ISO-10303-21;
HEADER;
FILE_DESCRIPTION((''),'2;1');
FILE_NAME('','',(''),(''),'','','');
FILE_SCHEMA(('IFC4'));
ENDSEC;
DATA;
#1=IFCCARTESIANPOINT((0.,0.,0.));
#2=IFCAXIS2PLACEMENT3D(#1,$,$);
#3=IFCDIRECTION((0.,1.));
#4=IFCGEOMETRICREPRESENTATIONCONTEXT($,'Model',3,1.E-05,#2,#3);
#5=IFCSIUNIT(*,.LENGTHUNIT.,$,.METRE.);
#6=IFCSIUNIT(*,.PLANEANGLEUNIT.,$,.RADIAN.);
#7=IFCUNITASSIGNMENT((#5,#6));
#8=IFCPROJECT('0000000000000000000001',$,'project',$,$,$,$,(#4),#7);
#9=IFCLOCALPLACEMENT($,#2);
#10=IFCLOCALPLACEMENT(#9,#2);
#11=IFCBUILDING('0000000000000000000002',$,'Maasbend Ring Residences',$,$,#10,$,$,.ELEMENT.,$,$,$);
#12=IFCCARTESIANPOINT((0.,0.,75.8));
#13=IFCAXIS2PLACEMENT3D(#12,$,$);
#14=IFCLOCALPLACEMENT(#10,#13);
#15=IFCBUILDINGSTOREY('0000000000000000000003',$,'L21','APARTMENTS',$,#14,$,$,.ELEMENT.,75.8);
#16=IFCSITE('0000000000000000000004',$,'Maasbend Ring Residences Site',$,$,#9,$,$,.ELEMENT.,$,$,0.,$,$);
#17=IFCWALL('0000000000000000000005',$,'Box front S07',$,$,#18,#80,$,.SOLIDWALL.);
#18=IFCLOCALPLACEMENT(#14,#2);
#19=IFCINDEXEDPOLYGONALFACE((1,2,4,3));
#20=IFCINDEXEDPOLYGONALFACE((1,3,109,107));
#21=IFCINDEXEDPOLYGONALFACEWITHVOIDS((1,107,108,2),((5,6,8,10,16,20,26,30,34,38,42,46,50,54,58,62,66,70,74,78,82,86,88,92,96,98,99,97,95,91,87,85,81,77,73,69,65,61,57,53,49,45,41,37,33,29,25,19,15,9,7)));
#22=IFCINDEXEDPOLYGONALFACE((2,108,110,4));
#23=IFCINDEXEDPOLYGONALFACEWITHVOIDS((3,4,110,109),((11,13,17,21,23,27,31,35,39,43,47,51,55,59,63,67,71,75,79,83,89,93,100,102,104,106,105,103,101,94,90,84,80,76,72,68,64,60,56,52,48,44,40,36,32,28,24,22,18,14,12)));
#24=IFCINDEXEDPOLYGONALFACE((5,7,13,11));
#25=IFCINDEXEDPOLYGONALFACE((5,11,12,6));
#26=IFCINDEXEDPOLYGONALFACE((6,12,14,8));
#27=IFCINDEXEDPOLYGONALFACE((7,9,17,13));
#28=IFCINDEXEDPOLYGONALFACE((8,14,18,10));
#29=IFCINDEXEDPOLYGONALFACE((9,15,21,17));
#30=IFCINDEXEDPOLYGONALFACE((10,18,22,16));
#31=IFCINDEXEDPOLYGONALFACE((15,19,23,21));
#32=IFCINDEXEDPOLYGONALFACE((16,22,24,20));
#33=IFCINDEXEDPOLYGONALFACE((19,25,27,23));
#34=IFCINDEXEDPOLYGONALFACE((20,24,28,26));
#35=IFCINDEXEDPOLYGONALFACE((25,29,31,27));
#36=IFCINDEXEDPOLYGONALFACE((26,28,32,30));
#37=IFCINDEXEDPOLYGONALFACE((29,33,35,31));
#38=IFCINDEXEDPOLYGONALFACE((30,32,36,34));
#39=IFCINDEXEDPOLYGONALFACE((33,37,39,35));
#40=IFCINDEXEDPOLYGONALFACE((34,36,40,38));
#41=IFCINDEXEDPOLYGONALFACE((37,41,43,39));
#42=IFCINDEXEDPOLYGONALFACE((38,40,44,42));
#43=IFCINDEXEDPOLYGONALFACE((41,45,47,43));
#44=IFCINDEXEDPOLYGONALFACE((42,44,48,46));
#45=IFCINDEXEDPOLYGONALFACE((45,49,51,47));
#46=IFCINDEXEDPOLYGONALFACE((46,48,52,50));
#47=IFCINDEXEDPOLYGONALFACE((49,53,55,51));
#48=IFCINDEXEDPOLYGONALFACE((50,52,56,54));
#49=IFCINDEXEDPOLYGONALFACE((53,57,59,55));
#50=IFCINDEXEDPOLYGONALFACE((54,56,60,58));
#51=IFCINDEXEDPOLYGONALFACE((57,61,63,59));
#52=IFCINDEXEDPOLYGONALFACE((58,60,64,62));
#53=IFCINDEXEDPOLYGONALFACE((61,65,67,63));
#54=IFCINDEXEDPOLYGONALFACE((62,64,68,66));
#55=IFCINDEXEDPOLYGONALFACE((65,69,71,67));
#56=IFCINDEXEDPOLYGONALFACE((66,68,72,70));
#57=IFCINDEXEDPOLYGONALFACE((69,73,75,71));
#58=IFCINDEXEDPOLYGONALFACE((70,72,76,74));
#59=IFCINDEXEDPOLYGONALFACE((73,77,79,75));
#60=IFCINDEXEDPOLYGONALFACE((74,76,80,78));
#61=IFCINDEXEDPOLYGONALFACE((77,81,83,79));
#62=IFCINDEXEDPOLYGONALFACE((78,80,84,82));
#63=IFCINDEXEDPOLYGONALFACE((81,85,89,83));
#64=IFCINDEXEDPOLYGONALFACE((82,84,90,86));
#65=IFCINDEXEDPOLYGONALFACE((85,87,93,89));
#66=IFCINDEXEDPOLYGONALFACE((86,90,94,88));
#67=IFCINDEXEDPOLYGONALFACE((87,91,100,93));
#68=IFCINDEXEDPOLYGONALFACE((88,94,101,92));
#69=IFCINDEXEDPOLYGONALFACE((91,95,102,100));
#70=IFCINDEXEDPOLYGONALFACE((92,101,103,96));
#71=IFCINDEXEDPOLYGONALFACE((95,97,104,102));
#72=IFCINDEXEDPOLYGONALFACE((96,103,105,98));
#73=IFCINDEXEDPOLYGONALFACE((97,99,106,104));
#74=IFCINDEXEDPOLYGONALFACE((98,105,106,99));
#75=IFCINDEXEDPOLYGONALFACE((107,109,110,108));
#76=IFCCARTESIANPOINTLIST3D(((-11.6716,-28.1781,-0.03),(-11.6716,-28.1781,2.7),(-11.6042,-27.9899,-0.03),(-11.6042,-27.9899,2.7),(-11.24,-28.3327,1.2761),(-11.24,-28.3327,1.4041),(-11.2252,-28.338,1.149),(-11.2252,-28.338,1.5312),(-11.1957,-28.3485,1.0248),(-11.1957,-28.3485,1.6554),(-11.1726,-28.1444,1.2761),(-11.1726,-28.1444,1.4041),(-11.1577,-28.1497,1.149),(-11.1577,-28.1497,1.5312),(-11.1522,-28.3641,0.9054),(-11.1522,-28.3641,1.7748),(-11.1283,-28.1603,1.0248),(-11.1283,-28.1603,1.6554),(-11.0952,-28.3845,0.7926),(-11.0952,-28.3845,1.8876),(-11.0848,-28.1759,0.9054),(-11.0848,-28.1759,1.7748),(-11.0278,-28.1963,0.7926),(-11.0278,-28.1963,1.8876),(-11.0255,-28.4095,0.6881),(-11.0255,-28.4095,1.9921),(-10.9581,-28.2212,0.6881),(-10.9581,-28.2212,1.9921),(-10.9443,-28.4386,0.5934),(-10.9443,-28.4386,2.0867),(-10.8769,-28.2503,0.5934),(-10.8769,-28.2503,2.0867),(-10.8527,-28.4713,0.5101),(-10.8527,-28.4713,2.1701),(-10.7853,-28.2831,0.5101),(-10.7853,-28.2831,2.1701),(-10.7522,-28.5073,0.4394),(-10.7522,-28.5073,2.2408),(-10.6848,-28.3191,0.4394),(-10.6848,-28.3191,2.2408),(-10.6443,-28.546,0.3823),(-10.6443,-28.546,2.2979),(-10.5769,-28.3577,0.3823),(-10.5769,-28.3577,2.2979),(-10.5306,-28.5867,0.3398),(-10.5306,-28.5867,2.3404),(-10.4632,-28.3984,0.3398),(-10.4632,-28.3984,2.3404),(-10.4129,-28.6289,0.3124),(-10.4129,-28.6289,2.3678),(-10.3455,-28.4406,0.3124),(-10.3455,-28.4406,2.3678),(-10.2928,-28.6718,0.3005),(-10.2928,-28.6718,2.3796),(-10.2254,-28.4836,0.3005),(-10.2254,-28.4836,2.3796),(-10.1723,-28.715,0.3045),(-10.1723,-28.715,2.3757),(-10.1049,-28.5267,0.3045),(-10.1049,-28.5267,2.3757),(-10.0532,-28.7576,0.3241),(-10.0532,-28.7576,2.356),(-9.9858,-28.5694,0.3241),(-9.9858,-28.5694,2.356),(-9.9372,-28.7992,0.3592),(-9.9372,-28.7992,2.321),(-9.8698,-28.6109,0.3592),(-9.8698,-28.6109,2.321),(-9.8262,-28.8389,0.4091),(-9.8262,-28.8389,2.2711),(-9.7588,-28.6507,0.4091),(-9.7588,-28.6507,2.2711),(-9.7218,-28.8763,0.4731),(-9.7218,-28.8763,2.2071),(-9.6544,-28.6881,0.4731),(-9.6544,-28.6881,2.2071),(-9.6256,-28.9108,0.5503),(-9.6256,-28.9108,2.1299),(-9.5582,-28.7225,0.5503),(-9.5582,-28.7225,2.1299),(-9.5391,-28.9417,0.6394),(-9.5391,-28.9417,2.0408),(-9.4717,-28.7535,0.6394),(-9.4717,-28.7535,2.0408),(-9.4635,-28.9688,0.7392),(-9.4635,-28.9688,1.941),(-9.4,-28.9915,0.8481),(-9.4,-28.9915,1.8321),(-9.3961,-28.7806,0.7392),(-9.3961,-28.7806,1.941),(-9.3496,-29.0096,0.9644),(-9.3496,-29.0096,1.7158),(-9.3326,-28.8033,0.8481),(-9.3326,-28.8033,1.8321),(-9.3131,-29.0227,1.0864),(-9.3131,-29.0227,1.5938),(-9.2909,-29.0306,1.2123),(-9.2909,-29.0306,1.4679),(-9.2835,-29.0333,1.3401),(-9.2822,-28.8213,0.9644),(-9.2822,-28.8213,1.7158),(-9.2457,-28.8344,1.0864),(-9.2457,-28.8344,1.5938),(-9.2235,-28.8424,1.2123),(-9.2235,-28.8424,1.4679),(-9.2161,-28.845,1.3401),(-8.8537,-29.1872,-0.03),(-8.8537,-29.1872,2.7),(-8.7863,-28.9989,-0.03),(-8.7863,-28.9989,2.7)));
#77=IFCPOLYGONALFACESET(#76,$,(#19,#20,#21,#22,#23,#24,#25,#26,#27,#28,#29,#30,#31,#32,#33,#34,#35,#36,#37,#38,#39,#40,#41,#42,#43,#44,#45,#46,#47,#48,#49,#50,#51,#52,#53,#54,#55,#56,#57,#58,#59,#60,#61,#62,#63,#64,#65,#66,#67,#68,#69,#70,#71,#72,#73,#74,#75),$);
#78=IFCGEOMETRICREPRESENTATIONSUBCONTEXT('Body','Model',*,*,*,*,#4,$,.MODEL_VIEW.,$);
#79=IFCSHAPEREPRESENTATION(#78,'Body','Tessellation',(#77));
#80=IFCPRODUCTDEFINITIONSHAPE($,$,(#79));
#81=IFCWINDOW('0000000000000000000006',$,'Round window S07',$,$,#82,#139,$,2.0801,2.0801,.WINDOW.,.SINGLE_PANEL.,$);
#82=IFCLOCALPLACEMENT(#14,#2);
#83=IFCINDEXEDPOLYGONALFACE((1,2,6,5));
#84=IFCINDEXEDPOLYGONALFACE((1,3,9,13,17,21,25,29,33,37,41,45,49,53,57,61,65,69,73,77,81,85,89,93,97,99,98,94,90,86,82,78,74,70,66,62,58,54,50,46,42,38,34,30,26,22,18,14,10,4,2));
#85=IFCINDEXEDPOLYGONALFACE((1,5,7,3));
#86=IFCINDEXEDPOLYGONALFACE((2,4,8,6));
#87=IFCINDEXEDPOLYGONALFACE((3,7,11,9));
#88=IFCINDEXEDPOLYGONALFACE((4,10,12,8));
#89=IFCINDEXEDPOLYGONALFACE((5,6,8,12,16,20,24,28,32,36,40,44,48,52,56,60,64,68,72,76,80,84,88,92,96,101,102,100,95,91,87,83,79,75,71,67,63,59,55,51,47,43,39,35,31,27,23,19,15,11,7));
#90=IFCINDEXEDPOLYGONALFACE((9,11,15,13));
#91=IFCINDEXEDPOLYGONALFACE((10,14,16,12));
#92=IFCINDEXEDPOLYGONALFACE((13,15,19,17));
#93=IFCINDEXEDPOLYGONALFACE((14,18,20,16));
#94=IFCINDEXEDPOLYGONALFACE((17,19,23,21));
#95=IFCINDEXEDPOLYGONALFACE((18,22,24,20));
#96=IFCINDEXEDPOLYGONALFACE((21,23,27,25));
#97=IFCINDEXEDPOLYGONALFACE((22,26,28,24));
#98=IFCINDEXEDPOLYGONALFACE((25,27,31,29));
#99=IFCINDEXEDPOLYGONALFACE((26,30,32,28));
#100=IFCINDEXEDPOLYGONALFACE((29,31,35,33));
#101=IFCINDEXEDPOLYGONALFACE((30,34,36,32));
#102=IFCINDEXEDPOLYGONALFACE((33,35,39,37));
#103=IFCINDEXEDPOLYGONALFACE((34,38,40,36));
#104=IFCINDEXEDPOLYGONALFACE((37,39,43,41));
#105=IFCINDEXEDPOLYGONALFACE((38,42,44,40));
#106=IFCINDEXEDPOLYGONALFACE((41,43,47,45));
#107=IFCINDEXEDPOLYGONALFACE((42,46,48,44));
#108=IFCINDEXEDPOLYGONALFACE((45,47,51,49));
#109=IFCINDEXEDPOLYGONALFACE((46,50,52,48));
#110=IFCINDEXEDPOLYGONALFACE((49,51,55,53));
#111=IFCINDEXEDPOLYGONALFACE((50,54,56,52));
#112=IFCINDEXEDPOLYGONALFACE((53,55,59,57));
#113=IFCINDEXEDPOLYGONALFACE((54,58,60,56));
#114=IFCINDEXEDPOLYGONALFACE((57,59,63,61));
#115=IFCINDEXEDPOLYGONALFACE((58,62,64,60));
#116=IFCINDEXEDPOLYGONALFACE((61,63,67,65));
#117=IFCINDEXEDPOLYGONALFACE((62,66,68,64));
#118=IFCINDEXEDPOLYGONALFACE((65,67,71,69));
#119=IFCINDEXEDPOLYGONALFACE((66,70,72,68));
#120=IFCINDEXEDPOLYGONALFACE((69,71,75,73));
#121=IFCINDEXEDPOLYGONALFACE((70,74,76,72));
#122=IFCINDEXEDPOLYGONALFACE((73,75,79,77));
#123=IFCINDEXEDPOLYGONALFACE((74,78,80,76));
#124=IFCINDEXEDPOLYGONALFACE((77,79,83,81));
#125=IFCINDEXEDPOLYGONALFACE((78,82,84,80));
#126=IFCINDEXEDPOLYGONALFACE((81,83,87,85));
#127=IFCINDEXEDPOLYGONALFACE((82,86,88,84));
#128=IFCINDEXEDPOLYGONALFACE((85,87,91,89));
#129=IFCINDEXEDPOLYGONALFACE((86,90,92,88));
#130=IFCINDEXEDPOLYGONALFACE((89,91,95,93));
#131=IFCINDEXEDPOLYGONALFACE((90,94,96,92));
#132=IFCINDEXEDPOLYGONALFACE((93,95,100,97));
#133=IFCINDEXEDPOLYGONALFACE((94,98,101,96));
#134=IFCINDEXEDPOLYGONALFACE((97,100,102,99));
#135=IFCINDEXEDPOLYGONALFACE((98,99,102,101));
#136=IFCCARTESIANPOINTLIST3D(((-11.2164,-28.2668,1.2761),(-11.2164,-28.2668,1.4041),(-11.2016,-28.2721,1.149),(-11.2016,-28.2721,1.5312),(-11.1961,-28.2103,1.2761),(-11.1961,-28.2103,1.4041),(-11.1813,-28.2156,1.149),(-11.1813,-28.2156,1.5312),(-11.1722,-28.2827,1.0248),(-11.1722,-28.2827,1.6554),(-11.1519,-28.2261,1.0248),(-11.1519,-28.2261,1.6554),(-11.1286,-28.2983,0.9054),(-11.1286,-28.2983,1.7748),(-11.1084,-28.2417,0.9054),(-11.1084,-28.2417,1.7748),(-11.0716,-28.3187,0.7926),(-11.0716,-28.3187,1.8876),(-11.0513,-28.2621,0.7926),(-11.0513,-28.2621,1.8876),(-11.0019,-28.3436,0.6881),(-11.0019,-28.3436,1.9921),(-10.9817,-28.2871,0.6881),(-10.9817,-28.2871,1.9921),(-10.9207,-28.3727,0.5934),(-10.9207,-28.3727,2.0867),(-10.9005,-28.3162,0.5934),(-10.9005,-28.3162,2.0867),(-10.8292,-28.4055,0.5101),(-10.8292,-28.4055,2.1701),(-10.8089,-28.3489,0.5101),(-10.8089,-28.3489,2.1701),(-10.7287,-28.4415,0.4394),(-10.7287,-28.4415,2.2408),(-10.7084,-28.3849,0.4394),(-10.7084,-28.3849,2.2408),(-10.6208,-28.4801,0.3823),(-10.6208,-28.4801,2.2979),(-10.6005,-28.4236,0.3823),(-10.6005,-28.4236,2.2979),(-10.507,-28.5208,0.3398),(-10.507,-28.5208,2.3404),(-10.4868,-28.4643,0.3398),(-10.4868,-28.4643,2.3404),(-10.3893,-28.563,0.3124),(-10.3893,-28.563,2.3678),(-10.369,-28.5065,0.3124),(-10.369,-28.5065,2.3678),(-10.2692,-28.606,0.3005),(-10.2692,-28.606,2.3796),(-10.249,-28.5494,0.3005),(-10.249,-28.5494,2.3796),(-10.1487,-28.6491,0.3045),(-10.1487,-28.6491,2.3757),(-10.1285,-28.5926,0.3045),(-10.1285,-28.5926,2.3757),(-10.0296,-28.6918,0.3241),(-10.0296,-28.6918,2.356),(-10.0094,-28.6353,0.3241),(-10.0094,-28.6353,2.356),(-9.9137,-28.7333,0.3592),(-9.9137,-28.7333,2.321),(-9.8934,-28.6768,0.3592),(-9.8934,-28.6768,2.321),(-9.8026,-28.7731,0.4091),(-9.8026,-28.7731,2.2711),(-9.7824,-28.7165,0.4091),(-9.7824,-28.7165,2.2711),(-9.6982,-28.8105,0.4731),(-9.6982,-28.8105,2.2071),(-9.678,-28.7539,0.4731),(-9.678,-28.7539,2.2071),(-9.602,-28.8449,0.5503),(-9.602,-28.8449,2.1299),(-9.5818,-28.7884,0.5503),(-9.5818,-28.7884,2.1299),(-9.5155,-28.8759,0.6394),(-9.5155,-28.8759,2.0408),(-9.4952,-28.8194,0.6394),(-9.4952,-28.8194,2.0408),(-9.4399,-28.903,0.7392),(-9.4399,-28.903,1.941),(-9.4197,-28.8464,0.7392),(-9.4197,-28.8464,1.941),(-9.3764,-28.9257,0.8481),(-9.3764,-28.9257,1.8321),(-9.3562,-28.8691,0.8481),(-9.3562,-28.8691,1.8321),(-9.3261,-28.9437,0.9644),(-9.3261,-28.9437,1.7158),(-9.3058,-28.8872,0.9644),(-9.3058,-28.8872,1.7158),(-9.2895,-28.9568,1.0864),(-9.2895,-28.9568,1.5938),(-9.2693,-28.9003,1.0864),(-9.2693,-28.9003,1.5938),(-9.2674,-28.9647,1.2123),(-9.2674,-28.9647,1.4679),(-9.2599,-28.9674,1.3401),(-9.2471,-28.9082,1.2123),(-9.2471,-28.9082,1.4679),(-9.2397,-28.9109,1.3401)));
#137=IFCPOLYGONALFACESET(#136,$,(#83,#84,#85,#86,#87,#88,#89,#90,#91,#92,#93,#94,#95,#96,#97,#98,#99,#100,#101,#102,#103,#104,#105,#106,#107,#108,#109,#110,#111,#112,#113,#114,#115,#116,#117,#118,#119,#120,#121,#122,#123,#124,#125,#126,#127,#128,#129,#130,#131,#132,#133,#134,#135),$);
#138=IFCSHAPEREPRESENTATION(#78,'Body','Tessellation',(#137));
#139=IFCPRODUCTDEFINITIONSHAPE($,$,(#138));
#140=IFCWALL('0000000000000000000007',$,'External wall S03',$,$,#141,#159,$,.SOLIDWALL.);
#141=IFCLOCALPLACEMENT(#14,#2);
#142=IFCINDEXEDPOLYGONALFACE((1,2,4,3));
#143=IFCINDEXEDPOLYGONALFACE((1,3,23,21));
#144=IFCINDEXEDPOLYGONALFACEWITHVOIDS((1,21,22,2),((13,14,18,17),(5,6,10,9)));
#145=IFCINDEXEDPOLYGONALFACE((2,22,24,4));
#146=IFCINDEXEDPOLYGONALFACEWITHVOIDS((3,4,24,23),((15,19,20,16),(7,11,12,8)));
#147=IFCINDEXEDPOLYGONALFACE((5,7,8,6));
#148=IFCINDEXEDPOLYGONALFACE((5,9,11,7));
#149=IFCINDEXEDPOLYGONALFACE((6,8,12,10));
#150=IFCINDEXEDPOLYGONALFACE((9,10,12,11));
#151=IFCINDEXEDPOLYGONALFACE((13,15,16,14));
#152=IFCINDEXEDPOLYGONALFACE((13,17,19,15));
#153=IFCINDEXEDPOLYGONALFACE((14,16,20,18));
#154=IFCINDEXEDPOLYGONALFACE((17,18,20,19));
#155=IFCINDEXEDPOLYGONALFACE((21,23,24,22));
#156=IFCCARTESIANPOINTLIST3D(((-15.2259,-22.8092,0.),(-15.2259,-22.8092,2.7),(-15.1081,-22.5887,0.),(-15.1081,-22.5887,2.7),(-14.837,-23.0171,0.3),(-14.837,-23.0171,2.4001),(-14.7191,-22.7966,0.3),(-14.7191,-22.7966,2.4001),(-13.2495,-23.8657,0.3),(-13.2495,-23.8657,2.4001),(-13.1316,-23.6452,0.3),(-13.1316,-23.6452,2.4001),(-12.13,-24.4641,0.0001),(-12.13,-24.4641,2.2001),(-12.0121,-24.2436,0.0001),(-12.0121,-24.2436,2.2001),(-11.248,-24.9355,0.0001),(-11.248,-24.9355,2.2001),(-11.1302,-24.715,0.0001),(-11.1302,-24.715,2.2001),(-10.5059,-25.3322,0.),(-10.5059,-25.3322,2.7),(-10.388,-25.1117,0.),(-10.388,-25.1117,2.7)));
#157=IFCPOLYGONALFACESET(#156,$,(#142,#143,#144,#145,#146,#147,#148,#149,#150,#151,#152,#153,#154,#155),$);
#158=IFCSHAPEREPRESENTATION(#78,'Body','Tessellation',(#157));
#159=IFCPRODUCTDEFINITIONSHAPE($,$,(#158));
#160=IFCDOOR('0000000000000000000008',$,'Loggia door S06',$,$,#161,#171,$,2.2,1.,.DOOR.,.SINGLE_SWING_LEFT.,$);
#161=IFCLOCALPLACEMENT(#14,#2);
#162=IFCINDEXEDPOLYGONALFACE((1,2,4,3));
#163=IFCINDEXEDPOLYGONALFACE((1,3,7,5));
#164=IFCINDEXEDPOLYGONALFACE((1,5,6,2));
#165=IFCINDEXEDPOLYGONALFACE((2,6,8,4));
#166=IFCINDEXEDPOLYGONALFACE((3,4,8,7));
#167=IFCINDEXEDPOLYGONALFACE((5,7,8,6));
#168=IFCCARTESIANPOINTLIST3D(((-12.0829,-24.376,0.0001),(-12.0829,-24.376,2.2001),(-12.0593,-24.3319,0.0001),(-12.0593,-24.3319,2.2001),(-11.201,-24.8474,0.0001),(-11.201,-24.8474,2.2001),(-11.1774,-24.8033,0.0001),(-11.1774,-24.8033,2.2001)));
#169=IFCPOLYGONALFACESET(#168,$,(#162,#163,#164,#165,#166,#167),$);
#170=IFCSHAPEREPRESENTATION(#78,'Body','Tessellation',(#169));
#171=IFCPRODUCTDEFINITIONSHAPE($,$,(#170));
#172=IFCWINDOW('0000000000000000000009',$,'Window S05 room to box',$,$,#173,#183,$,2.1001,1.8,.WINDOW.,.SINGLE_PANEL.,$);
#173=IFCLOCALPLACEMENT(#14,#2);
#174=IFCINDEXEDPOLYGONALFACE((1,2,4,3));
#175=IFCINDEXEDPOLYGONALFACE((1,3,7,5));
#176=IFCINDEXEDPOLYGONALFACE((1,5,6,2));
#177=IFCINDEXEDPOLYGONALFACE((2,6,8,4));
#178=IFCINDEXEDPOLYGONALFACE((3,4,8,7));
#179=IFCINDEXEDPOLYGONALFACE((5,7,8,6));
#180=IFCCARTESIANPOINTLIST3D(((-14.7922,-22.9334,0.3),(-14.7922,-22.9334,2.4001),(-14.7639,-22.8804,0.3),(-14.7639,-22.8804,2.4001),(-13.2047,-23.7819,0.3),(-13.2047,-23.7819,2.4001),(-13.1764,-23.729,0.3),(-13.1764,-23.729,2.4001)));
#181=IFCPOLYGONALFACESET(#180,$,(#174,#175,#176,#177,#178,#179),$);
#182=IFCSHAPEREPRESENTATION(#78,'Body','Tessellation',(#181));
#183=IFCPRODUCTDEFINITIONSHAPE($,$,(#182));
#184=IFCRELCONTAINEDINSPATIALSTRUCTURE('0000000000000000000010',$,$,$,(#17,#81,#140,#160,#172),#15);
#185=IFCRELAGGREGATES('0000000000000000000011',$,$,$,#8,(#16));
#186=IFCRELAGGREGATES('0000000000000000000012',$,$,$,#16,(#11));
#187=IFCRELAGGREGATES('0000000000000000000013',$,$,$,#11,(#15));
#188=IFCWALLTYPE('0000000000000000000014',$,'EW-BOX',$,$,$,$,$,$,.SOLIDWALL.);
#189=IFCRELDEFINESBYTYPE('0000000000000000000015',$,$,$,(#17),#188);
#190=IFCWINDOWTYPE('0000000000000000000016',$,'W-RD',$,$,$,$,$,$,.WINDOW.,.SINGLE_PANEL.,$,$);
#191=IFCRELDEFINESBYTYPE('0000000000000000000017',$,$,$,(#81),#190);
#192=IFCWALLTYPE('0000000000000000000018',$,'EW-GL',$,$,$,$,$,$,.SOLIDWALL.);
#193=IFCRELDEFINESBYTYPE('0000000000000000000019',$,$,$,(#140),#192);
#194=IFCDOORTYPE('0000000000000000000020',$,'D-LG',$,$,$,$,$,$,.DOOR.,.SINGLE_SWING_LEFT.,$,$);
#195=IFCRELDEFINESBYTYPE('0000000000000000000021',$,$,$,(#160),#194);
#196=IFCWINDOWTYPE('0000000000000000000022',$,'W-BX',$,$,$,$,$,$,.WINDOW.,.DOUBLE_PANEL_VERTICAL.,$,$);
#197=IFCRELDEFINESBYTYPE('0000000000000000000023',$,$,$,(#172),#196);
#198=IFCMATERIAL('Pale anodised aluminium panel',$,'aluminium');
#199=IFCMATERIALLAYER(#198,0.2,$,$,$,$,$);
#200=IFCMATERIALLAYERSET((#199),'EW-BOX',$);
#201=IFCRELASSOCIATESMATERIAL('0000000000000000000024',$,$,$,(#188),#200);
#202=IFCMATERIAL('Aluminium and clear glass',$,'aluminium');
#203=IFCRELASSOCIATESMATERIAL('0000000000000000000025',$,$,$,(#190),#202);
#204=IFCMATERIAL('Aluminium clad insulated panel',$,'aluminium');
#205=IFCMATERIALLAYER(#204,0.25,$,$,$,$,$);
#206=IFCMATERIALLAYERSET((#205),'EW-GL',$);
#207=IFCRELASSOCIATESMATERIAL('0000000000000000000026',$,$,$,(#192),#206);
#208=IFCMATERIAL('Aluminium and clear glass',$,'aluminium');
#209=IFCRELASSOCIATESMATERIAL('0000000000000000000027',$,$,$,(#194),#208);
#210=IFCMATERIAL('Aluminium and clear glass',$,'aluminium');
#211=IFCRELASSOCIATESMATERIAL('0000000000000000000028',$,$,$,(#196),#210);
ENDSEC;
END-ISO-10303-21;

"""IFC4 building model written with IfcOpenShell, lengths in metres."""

from ifc_helpers import new_model, si_unit, direction, frame, frame_2d, origin, place, context, subcontext, project, spatial, rectangle, circle, extrude, material, layer, layer_set, type_object, element, fill, save


model = new_model("IFC4")

# Units and contexts
model_context = context("Model", 3, precision=1e-05, world=origin(), true_north=direction((0.0, 1.0)))
body_context = subcontext(model_context, "Body", "Model", "MODEL_VIEW")
ifc_project = project(units=[si_unit("LENGTHUNIT", "METRE"), si_unit("PLANEANGLEUNIT", "RADIAN")], contexts=[model_context])

# Site, building, storey
site_placement = place(None, origin())
site = spatial("IfcSite", under=ifc_project, at=site_placement, Name="Maasbend Ring Residences Site", CompositionType="ELEMENT", RefElevation=0.0)
building_placement = place(site_placement, origin())
building = spatial("IfcBuilding", under=site, at=building_placement, Name="Maasbend Ring Residences", CompositionType="ELEMENT")
storey_placement = place(building_placement, frame((0.0, 0.0, 75.8)))
storey = spatial("IfcBuildingStorey", under=building, at=storey_placement, Name="L21", Description="APARTMENTS", CompositionType="ELEMENT", Elevation=75.8)

# Shared definitions
ifc_material_1 = material(Name="Pale anodised aluminium panel", Category="aluminium")
ifc_layer_1 = layer(ifc_material_1, 0.2)
ifc_layer_set_1 = layer_set([ifc_layer_1], Name="EW-BOX")
wall_type_1 = type_object("IfcWallType", Name="EW-BOX", PredefinedType="SOLIDWALL", material=ifc_layer_set_1)
ifc_material_2 = material(Name="Aluminium and clear glass", Category="aluminium")
window_type_1 = type_object("IfcWindowType", Name="W-RD", PartitioningType="SINGLE_PANEL", PredefinedType="WINDOW", material=ifc_material_2)

# Wall, opening, window
wall_1_placement = place(storey_placement, frame((-11.6379, -28.084, -0.03), z_axis=(0.0, 0.0, 1.0), x_axis=(0.941461, -0.337122, 0.0)))
wall_1 = element("IfcWall", 1, at=wall_1_placement, inside=storey, type_object=wall_type_1, Name="Box front S07", PredefinedType="SOLIDWALL", context=body_context, shape_type="SweptSolid", body=[
    extrude(rectangle(XDim=2.9932, YDim=0.2, at=frame_2d((1.4966, 0.0))), origin(), (0.0, 0.0, 1.0), 2.73),
])
opening_1_placement = place(wall_1_placement, frame((0.4565, 0.0, 0.3301)))
opening_1 = element("IfcOpeningElement", 2, at=opening_1_placement, cuts=wall_1, PredefinedType="OPENING", context=body_context, shape_type="SweptSolid", body=[
    extrude(circle(Radius=1.04, at=frame_2d((1.04, 1.04))), frame((0.0, 0.1099, 0.0), z_axis=(0.0, -1.0, 0.0), x_axis=(1.0, 0.0, 0.0)), (0.0, 0.0, 1.0), 0.22),
])
window_1_placement = place(opening_1_placement, origin())
window_1 = element("IfcWindow", 3, at=window_1_placement, inside=storey, type_object=window_type_1, Name="Round window S07", OverallHeight=2.0801, OverallWidth=2.0801, PartitioningType="SINGLE_PANEL", PredefinedType="WINDOW", context=body_context, shape_type="SweptSolid", body=[
    extrude(circle(Radius=1.04, at=frame_2d((1.04, 1.04))), frame((0.0, 0.03, 0.0), z_axis=(0.0, -1.0, 0.0), x_axis=(1.0, 0.0, 0.0)), (0.0, 0.0, 1.0), 0.0601),
])
fill(opening_1, window_1)

# Wall, openings, door, window
ifc_material_3 = material(Name="Aluminium clad insulated panel", Category="aluminium")
ifc_layer_2 = layer(ifc_material_3, 0.25)
ifc_layer_set_2 = layer_set([ifc_layer_2], Name="EW-GL")
wall_type_2 = type_object("IfcWallType", Name="EW-GL", PredefinedType="SOLIDWALL", material=ifc_layer_set_2)
wall_2_placement = place(storey_placement, frame((-15.167, -22.699, 0.0), z_axis=(0.0, 0.0, 1.0), x_axis=(0.881916, -0.471407, 0.0)))
wall_2 = element("IfcWall", 4, at=wall_2_placement, inside=storey, type_object=wall_type_2, Name="External wall S03", PredefinedType="SOLIDWALL", context=body_context, shape_type="SweptSolid", body=[
    extrude(rectangle(XDim=5.3521, YDim=0.25, at=frame_2d((2.676, 0.0))), origin(), (0.0, 0.0, 1.0), 2.7),
])
opening_2_placement = place(wall_2_placement, frame((0.4412, 0.0, 0.3)))
opening_2 = element("IfcOpeningElement", 5, at=opening_2_placement, cuts=wall_2, PredefinedType="OPENING", context=body_context, shape_type="SweptSolid", body=[
    extrude(rectangle(XDim=1.8, YDim=2.1001, at=frame_2d((0.8999, 1.05))), frame((0.0, 0.135, 0.0), z_axis=(0.0, -1.0, 0.0), x_axis=(1.0, 0.0, 0.0)), (0.0, 0.0, 1.0), 0.27),
])
opening_3_placement = place(wall_2_placement, frame((3.5105, 0.0, 0.0)))
opening_3 = element("IfcOpeningElement", 6, at=opening_3_placement, cuts=wall_2, PredefinedType="OPENING", context=body_context, shape_type="SweptSolid", body=[
    extrude(rectangle(XDim=1.0, YDim=2.2, at=frame_2d((0.5, 1.1001))), frame((0.0, 0.135, 0.0), z_axis=(0.0, -1.0, 0.0), x_axis=(1.0, 0.0, 0.0)), (0.0, 0.0, 1.0), 0.27),
])
ifc_material_4 = material(Name="Aluminium and clear glass", Category="aluminium")
door_type_1 = type_object("IfcDoorType", Name="D-LG", OperationType="SINGLE_SWING_LEFT", PredefinedType="DOOR", material=ifc_material_4)
door_1_placement = place(opening_3_placement, origin())
door_1 = element("IfcDoor", 7, at=door_1_placement, inside=storey, type_object=door_type_1, Name="Loggia door S06", OperationType="SINGLE_SWING_LEFT", OverallHeight=2.2, OverallWidth=1.0, PredefinedType="DOOR", context=body_context, shape_type="SweptSolid", body=[
    extrude(rectangle(XDim=1.0, YDim=2.2, at=frame_2d((0.5, 1.1001))), frame((0.0, 0.0249, 0.0), z_axis=(0.0, -1.0, 0.0), x_axis=(1.0, 0.0, 0.0)), (0.0, 0.0, 1.0), 0.05),
])
fill(opening_3, door_1)
ifc_material_5 = material(Name="Aluminium and clear glass", Category="aluminium")
window_type_2 = type_object("IfcWindowType", Name="W-BX", PartitioningType="DOUBLE_PANEL_VERTICAL", PredefinedType="WINDOW", material=ifc_material_5)
window_2_placement = place(opening_2_placement, origin())
window_2 = element("IfcWindow", 8, at=window_2_placement, inside=storey, type_object=window_type_2, Name="Window S05 room to box", OverallHeight=2.1001, OverallWidth=1.8, PartitioningType="SINGLE_PANEL", PredefinedType="WINDOW", context=body_context, shape_type="SweptSolid", body=[
    extrude(rectangle(XDim=1.8, YDim=2.1001, at=frame_2d((0.8999, 1.05))), frame((0.0, 0.03, 0.0), z_axis=(0.0, -1.0, 0.0), x_axis=(1.0, 0.0, 0.0)), (0.0, 0.0, 1.0), 0.0601),
])
fill(opening_2, window_2)

save(model, "model.ifc")
